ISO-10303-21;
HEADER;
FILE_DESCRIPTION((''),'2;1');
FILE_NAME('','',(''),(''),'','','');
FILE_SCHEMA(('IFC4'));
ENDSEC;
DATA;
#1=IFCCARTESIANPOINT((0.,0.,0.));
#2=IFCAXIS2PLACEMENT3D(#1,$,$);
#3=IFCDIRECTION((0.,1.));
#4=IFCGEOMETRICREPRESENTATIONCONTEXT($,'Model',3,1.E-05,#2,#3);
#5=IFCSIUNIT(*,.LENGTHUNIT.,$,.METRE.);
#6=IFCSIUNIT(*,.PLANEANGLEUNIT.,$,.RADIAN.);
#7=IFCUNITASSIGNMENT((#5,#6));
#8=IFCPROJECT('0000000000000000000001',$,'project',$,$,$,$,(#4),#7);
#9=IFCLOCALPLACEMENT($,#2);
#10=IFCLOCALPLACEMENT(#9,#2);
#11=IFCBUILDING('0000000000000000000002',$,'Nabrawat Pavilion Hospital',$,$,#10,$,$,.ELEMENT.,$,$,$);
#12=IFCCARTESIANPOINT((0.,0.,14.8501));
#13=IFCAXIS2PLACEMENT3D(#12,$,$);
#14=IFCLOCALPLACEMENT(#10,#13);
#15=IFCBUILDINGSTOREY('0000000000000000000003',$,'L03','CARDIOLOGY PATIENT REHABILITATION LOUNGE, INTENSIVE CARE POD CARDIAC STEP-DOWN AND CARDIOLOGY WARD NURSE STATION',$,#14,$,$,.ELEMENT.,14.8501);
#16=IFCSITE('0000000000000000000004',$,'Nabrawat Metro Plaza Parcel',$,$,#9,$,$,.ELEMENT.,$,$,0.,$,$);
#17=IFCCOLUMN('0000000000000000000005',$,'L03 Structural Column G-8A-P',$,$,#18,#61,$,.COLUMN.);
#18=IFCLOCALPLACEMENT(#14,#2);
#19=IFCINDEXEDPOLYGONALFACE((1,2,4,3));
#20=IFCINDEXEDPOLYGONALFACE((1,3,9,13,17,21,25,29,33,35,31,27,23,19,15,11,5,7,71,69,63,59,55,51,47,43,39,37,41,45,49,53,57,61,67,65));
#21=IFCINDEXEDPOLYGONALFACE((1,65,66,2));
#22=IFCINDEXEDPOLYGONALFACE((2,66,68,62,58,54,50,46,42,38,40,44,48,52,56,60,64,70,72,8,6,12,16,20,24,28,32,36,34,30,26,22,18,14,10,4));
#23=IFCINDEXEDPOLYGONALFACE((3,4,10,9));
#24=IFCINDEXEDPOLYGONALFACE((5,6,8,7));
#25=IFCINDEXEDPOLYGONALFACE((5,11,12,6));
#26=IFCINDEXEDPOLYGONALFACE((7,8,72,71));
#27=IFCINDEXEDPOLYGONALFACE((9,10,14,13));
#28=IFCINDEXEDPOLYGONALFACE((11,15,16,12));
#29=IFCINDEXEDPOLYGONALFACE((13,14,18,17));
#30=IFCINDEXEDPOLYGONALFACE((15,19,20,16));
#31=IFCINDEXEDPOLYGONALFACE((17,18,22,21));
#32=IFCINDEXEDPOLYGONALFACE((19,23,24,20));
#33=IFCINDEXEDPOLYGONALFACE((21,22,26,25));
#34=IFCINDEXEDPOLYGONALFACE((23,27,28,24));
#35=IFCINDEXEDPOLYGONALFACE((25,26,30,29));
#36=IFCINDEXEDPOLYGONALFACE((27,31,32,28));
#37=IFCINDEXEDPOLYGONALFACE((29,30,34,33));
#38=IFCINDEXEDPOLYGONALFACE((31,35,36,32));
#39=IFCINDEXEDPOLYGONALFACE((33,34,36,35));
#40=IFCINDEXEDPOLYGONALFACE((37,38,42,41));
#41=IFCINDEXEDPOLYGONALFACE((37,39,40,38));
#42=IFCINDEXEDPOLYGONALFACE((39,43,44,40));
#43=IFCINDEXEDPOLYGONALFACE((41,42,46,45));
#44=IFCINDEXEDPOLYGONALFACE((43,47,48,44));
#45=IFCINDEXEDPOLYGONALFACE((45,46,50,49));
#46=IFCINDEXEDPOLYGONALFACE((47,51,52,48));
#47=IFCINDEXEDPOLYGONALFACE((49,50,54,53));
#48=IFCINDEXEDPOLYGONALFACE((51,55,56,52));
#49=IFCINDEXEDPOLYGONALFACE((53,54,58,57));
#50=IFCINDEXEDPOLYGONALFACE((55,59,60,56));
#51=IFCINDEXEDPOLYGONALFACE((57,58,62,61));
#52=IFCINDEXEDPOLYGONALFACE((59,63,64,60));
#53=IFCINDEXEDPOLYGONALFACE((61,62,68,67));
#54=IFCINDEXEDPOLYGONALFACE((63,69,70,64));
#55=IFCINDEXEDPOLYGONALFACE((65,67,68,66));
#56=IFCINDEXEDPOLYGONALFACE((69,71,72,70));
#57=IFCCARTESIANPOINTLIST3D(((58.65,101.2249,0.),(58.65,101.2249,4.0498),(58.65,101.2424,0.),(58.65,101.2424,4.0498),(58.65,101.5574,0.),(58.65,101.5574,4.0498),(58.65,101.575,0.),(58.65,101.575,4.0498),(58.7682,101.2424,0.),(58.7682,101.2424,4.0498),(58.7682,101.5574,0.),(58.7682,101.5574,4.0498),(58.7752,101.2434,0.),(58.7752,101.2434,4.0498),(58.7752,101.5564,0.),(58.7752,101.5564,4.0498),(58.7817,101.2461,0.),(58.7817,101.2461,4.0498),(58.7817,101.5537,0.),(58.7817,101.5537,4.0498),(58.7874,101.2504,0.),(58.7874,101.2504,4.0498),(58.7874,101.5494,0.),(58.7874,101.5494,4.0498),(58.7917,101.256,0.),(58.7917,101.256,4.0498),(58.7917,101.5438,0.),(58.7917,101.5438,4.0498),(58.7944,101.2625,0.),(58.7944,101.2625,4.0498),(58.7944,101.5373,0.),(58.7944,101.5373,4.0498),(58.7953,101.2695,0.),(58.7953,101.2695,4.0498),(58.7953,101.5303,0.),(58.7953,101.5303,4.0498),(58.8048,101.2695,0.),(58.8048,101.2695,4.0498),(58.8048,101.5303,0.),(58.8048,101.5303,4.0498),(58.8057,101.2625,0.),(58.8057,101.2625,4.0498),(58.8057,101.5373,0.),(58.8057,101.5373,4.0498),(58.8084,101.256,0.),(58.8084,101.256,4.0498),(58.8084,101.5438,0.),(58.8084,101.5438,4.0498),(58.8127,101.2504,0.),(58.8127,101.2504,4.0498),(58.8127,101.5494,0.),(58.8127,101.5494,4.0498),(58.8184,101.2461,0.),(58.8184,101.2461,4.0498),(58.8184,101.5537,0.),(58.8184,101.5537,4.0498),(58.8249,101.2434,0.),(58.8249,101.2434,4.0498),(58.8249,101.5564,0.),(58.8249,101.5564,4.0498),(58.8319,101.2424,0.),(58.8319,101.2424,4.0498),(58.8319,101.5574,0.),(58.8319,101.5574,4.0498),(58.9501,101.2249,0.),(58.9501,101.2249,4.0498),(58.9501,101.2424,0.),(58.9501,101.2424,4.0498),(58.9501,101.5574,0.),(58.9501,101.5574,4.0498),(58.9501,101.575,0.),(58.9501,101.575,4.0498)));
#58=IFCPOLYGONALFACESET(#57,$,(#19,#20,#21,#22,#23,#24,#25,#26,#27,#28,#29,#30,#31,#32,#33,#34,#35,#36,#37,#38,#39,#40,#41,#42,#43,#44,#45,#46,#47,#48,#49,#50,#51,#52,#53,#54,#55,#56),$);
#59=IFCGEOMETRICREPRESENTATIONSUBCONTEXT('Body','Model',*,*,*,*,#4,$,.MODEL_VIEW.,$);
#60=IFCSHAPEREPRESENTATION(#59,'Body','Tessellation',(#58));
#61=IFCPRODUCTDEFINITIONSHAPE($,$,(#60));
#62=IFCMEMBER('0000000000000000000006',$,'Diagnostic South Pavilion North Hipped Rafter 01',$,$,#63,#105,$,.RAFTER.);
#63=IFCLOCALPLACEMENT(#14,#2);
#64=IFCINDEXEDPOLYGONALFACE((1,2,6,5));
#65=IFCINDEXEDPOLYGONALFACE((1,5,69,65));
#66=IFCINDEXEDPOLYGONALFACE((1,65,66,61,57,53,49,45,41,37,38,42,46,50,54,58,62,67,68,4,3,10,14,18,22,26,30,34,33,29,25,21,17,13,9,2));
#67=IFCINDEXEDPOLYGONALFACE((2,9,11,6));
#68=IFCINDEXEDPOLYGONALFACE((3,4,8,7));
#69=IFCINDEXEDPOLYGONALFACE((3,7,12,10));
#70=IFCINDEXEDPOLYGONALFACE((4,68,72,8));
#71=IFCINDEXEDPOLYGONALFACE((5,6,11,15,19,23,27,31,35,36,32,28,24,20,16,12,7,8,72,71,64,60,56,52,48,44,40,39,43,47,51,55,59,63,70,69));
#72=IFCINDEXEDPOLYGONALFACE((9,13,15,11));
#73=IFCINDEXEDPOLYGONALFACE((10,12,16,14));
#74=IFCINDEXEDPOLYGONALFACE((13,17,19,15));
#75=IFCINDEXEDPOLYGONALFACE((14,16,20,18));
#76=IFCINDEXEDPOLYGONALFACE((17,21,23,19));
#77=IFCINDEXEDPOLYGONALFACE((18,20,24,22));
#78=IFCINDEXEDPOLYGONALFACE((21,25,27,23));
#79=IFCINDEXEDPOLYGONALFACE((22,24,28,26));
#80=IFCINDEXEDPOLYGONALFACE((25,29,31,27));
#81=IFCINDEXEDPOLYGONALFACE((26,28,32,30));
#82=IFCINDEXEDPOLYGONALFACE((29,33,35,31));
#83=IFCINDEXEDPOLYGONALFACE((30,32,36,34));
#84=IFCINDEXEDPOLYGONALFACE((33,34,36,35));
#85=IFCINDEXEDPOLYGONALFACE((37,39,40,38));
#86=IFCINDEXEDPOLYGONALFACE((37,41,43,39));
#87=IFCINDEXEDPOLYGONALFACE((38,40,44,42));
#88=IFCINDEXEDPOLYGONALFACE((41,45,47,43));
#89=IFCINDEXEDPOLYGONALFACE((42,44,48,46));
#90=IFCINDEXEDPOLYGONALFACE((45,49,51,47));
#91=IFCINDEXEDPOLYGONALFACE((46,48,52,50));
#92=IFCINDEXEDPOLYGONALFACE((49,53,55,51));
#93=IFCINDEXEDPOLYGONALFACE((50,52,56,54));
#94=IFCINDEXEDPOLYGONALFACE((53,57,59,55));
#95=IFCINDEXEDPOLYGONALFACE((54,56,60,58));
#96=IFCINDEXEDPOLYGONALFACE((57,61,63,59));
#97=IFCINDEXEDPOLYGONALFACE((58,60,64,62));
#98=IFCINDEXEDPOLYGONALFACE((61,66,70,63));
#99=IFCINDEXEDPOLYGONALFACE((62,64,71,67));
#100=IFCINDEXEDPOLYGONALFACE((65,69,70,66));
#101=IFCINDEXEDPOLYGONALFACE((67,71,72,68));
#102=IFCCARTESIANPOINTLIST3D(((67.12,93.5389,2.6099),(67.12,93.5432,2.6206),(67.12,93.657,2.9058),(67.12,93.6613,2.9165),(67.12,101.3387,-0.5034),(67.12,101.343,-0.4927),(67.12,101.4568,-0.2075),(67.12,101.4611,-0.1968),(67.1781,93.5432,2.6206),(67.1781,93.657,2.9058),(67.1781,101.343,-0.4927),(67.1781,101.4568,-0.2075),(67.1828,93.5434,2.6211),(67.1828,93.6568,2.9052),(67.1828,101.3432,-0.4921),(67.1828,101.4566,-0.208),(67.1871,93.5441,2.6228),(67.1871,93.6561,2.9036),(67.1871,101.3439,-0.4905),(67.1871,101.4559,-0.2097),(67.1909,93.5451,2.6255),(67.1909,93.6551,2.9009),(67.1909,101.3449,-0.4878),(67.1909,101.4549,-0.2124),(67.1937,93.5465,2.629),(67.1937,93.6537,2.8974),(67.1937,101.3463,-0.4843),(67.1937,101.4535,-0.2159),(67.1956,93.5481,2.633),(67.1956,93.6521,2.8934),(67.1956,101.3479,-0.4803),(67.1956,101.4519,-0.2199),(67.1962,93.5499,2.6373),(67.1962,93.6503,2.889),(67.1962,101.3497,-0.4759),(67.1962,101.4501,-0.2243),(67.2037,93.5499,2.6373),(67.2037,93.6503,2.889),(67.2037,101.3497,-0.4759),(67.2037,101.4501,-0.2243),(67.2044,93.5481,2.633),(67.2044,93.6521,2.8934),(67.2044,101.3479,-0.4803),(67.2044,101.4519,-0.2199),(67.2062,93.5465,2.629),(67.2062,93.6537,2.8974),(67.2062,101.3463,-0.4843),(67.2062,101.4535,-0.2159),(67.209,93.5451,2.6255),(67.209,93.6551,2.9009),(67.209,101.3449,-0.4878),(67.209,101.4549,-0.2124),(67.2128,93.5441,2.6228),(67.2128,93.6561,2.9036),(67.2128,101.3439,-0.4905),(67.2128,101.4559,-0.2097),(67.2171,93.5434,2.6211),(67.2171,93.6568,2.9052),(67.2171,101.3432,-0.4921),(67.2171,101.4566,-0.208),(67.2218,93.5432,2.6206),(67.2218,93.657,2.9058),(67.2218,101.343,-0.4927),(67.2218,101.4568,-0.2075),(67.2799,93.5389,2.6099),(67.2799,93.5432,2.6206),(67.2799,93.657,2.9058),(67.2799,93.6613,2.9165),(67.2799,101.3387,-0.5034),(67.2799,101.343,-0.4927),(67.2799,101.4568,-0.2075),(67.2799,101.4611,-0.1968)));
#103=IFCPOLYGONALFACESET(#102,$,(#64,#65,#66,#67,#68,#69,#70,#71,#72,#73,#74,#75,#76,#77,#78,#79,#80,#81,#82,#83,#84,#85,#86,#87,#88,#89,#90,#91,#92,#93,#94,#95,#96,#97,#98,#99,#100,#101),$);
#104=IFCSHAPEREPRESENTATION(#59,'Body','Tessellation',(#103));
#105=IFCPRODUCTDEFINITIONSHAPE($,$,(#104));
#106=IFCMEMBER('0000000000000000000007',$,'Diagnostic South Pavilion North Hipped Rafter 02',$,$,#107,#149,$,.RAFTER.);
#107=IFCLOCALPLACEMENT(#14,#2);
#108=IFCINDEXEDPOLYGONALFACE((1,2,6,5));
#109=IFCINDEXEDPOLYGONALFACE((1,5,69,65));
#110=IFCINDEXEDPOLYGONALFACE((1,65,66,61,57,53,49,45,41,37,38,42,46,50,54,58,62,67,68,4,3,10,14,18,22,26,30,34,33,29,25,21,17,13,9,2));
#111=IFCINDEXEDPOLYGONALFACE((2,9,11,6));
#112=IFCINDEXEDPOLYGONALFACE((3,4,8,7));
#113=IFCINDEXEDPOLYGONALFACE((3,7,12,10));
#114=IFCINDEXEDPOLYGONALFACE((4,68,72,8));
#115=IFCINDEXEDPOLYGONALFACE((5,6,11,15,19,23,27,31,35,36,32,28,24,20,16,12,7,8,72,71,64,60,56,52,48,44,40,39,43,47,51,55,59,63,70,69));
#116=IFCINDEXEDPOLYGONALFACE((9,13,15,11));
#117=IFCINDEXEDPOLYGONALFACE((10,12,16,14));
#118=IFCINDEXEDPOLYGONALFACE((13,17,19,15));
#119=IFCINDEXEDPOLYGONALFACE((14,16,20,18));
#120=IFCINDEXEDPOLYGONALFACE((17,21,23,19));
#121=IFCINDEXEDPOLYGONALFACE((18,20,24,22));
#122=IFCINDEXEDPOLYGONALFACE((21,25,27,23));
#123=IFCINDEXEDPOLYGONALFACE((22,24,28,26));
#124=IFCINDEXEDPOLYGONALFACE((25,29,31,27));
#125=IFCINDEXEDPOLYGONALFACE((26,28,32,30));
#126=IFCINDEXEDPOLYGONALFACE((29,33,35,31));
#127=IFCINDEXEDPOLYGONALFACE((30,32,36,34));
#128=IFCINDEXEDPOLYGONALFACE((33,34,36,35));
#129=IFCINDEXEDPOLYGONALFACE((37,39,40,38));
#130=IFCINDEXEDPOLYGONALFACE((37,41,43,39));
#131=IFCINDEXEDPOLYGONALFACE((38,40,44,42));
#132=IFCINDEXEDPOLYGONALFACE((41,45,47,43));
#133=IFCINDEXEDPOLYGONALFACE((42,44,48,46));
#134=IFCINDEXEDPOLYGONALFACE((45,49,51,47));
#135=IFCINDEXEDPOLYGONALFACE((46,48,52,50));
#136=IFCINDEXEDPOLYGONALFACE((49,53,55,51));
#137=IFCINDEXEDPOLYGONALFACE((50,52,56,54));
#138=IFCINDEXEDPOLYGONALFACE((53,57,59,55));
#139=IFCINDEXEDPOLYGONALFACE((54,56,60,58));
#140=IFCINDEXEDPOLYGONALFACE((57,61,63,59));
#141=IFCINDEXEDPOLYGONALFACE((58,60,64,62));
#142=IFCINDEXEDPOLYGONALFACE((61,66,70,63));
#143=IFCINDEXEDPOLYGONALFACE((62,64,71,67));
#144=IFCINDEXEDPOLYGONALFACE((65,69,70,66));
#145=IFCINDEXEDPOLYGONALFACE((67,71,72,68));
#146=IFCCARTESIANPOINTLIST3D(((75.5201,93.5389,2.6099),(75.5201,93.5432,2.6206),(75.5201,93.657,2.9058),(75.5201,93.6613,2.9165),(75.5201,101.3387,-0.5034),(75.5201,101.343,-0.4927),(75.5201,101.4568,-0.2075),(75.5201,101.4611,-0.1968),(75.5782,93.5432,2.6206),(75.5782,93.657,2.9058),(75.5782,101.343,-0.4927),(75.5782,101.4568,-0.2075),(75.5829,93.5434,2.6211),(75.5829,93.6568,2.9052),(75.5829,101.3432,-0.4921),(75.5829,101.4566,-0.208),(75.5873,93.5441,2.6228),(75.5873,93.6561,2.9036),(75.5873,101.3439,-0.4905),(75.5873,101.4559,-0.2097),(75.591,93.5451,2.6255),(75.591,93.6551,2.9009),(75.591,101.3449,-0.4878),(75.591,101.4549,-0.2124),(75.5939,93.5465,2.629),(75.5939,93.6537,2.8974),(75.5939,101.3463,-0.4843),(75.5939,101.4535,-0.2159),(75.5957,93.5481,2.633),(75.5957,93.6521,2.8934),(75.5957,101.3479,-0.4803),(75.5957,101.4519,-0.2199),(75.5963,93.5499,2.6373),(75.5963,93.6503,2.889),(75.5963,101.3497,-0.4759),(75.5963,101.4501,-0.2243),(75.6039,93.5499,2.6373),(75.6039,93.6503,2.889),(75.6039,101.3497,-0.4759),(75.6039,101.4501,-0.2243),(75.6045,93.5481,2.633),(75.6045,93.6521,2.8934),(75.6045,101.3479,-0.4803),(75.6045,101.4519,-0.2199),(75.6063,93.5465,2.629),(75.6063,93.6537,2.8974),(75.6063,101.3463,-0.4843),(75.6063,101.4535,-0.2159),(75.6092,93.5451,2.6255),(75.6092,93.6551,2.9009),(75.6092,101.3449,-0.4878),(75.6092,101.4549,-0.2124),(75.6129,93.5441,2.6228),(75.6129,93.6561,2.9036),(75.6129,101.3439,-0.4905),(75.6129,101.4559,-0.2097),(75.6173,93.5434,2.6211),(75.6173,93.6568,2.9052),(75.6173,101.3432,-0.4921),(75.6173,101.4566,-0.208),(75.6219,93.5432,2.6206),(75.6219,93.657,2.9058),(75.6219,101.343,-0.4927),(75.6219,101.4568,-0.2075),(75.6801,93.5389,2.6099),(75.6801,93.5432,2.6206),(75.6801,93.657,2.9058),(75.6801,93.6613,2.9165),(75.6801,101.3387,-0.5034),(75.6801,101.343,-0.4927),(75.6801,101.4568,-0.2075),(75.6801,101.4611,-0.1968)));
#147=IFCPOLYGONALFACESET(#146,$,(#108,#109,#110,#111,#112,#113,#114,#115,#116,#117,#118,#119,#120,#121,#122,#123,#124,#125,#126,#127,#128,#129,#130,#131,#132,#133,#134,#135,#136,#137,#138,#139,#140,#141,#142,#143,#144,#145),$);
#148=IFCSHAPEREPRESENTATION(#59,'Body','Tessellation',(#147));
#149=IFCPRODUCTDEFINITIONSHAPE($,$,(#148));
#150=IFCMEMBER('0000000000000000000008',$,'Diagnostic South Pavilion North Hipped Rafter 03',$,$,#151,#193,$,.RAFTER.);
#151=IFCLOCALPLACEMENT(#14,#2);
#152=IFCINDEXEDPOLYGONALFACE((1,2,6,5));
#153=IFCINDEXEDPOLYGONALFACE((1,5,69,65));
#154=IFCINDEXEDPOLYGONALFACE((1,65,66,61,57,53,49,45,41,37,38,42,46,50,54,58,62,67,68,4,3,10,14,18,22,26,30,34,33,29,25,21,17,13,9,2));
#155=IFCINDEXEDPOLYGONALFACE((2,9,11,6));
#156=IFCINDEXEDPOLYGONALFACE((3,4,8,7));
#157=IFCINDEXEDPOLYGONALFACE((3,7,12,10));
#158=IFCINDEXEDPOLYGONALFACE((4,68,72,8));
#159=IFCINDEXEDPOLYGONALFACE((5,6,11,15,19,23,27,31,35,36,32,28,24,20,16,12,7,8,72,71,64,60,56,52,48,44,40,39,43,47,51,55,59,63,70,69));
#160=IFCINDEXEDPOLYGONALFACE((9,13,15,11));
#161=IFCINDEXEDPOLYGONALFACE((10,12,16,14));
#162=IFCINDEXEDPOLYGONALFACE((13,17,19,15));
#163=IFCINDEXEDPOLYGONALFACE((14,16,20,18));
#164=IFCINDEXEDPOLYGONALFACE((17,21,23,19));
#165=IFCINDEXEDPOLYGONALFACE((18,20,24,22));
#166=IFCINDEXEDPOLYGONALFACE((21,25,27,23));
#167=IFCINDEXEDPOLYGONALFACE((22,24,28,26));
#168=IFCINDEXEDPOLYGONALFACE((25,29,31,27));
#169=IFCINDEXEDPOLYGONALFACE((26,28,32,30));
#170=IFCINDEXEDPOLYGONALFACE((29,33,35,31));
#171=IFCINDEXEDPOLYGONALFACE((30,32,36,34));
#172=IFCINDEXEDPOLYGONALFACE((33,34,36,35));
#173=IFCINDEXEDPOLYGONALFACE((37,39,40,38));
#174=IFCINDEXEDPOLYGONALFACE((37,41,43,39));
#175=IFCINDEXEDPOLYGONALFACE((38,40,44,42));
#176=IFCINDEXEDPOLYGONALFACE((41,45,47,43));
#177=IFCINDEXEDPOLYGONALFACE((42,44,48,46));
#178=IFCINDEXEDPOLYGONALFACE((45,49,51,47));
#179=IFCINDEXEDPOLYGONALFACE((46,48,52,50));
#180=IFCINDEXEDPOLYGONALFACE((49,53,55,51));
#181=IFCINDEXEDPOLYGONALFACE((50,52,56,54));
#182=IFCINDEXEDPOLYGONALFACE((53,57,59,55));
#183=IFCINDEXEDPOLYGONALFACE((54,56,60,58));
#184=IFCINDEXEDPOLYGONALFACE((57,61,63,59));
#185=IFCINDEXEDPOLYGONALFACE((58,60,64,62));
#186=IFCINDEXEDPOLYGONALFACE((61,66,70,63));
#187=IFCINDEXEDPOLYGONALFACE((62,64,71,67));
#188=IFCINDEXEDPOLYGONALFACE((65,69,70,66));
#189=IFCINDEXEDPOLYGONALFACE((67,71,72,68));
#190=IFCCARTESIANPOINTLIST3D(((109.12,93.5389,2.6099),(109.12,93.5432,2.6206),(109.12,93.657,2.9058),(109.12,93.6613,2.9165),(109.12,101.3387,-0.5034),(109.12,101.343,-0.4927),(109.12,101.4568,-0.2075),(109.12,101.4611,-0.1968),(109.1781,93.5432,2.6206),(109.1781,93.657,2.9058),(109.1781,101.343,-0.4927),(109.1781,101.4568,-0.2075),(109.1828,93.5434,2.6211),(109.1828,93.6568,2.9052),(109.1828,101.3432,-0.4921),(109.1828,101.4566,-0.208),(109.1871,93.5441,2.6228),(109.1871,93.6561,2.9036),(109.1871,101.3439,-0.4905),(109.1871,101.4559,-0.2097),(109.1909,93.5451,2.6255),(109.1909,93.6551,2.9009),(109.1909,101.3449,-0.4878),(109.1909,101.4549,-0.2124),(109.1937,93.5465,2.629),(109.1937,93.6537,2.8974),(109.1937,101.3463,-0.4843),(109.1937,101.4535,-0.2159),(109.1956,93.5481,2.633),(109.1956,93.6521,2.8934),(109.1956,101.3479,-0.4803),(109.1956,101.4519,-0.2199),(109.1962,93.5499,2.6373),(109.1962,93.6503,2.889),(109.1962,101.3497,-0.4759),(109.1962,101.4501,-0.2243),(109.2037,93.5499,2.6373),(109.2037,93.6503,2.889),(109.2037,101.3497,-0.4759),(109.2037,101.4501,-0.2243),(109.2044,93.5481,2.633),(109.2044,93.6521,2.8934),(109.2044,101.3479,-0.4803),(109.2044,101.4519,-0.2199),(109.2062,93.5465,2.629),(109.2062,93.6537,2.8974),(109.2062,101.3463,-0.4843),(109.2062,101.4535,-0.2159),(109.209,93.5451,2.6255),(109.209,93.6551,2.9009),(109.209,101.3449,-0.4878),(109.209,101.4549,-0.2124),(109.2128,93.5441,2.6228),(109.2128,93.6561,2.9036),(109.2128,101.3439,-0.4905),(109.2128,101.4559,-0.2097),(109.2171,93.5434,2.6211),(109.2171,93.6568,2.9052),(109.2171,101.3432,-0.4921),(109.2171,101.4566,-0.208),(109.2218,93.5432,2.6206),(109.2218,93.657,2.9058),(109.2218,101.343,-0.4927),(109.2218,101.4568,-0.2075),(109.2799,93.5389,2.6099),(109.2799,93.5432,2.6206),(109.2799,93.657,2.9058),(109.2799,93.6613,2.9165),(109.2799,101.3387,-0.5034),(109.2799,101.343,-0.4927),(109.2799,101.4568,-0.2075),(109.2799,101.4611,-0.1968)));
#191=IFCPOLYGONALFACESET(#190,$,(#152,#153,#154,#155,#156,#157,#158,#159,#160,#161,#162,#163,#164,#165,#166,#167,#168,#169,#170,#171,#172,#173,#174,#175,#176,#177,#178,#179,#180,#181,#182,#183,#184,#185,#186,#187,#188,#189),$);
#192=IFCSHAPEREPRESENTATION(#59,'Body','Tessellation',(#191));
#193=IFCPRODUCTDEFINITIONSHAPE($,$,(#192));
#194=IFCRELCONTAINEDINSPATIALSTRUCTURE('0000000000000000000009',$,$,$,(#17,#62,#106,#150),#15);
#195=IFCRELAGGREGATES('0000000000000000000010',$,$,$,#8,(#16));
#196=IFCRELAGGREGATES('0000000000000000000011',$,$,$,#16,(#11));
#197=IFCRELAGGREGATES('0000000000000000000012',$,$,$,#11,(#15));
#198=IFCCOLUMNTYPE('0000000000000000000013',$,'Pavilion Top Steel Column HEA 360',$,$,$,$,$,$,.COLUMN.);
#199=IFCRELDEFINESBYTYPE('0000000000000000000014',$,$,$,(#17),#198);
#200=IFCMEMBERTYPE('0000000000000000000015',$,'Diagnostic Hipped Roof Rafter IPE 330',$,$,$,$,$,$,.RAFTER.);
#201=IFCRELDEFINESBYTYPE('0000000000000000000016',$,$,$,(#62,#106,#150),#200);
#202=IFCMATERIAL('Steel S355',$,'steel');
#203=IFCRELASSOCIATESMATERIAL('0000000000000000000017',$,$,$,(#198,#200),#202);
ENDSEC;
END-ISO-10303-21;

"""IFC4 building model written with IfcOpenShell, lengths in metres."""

from ifc_helpers import new_model, si_unit, direction, frame, origin, origin_2d, place, context, subcontext, project, spatial, i_section, extrude, material, material_profile, profile_set, type_object, element, save


model = new_model("IFC4")

# Units and contexts
model_context = context("Model", 3, precision=1e-05, world=origin(), true_north=direction((0.0, 1.0)))
body_context = subcontext(model_context, "Body", "Model", "MODEL_VIEW")
ifc_project = project(units=[si_unit("LENGTHUNIT", "METRE"), si_unit("PLANEANGLEUNIT", "RADIAN")], contexts=[model_context])

# Site, building, storey
site_placement = place(None, origin())
site = spatial("IfcSite", under=ifc_project, at=site_placement, Name="Nabrawat Metro Plaza Parcel", CompositionType="ELEMENT", RefElevation=0.0)
building_placement = place(site_placement, origin())
building = spatial("IfcBuilding", under=site, at=building_placement, Name="Nabrawat Pavilion Hospital", CompositionType="ELEMENT")
storey_placement = place(building_placement, frame((0.0, 0.0, 14.8501)))
storey = spatial("IfcBuildingStorey", under=building, at=storey_placement, Name="L03", Description="CARDIOLOGY PATIENT REHABILITATION LOUNGE, INTENSIVE CARE POD CARDIAC STEP-DOWN AND CARDIOLOGY WARD NURSE STATION", CompositionType="ELEMENT", Elevation=14.8501)

# Column
ifc_material_1 = material(Name="Steel S355", Category="steel")
ifc_material_profile_1 = material_profile(ifc_material_1, i_section(OverallWidth=0.3, OverallDepth=0.3501, WebThickness=0.0095, FlangeThickness=0.0176, FilletRadius=0.0271, at=origin_2d()), Name="HEA 360")
ifc_profile_set_1 = profile_set([ifc_material_profile_1], Name="Steel S355")
column_type = type_object("IfcColumnType", Name="Pavilion Top Steel Column HEA 360", PredefinedType="COLUMN", material=ifc_profile_set_1)
column_placement = place(storey_placement, frame((58.8, 101.3999, 0.0), z_axis=(0.0, 0.0, 1.0), x_axis=(1.0, 0.0, 0.0)))
element("IfcColumn", 1, at=column_placement, inside=storey, type_object=column_type, Name="L03 Structural Column G-8A-P", PredefinedType="COLUMN", context=body_context, shape_type="SweptSolid", body=[
    extrude(i_section(OverallWidth=0.3, OverallDepth=0.3501, WebThickness=0.0095, FlangeThickness=0.0176, FilletRadius=0.0271, at=origin_2d()), origin(), (0.0, 0.0, 1.0), 4.0498),
])

# Members
ifc_material_profile_2 = material_profile(ifc_material_1, i_section(OverallWidth=0.1599, OverallDepth=0.3301, WebThickness=0.0076, FlangeThickness=0.0115, FilletRadius=0.0181, at=origin_2d()), Name="IPE 330")
ifc_profile_set_2 = profile_set([ifc_material_profile_2], Name="Steel S355")
member_type_1 = type_object("IfcMemberType", Name="Diagnostic Hipped Roof Rafter IPE 330", PredefinedType="RAFTER", material=ifc_profile_set_2)
for number, where, z_axis, x_axis, name in (
    (2, (67.2, 101.3999, -0.3501), (0.0, -0.928749, 0.370709), (1.0, 0.0, 0.0), "Diagnostic South Pavilion North Hipped Rafter 01"),
    (3, (75.6001, 101.3999, -0.3501), (0.0, -0.928749, 0.370709), (1.0, 0.0, 0.0), "Diagnostic South Pavilion North Hipped Rafter 02"),
    (4, (109.2, 101.3999, -0.3501), (0.0, -0.928749, 0.370709), (1.0, 0.0, 0.0), "Diagnostic South Pavilion North Hipped Rafter 03"),
):
    element("IfcMember", number, at=place(storey_placement, frame(where, z_axis=z_axis, x_axis=x_axis)), inside=storey, type_object=member_type_1, Name=name, PredefinedType="RAFTER", context=body_context, shape_type="SweptSolid", body=[
        extrude(i_section(OverallWidth=0.1599, OverallDepth=0.3301, WebThickness=0.0076, FlangeThickness=0.0115, FilletRadius=0.0181, at=origin_2d()), origin(), (0.0, 0.0, 1.0), 8.3982),
    ])

save(model, "model.ifc")
